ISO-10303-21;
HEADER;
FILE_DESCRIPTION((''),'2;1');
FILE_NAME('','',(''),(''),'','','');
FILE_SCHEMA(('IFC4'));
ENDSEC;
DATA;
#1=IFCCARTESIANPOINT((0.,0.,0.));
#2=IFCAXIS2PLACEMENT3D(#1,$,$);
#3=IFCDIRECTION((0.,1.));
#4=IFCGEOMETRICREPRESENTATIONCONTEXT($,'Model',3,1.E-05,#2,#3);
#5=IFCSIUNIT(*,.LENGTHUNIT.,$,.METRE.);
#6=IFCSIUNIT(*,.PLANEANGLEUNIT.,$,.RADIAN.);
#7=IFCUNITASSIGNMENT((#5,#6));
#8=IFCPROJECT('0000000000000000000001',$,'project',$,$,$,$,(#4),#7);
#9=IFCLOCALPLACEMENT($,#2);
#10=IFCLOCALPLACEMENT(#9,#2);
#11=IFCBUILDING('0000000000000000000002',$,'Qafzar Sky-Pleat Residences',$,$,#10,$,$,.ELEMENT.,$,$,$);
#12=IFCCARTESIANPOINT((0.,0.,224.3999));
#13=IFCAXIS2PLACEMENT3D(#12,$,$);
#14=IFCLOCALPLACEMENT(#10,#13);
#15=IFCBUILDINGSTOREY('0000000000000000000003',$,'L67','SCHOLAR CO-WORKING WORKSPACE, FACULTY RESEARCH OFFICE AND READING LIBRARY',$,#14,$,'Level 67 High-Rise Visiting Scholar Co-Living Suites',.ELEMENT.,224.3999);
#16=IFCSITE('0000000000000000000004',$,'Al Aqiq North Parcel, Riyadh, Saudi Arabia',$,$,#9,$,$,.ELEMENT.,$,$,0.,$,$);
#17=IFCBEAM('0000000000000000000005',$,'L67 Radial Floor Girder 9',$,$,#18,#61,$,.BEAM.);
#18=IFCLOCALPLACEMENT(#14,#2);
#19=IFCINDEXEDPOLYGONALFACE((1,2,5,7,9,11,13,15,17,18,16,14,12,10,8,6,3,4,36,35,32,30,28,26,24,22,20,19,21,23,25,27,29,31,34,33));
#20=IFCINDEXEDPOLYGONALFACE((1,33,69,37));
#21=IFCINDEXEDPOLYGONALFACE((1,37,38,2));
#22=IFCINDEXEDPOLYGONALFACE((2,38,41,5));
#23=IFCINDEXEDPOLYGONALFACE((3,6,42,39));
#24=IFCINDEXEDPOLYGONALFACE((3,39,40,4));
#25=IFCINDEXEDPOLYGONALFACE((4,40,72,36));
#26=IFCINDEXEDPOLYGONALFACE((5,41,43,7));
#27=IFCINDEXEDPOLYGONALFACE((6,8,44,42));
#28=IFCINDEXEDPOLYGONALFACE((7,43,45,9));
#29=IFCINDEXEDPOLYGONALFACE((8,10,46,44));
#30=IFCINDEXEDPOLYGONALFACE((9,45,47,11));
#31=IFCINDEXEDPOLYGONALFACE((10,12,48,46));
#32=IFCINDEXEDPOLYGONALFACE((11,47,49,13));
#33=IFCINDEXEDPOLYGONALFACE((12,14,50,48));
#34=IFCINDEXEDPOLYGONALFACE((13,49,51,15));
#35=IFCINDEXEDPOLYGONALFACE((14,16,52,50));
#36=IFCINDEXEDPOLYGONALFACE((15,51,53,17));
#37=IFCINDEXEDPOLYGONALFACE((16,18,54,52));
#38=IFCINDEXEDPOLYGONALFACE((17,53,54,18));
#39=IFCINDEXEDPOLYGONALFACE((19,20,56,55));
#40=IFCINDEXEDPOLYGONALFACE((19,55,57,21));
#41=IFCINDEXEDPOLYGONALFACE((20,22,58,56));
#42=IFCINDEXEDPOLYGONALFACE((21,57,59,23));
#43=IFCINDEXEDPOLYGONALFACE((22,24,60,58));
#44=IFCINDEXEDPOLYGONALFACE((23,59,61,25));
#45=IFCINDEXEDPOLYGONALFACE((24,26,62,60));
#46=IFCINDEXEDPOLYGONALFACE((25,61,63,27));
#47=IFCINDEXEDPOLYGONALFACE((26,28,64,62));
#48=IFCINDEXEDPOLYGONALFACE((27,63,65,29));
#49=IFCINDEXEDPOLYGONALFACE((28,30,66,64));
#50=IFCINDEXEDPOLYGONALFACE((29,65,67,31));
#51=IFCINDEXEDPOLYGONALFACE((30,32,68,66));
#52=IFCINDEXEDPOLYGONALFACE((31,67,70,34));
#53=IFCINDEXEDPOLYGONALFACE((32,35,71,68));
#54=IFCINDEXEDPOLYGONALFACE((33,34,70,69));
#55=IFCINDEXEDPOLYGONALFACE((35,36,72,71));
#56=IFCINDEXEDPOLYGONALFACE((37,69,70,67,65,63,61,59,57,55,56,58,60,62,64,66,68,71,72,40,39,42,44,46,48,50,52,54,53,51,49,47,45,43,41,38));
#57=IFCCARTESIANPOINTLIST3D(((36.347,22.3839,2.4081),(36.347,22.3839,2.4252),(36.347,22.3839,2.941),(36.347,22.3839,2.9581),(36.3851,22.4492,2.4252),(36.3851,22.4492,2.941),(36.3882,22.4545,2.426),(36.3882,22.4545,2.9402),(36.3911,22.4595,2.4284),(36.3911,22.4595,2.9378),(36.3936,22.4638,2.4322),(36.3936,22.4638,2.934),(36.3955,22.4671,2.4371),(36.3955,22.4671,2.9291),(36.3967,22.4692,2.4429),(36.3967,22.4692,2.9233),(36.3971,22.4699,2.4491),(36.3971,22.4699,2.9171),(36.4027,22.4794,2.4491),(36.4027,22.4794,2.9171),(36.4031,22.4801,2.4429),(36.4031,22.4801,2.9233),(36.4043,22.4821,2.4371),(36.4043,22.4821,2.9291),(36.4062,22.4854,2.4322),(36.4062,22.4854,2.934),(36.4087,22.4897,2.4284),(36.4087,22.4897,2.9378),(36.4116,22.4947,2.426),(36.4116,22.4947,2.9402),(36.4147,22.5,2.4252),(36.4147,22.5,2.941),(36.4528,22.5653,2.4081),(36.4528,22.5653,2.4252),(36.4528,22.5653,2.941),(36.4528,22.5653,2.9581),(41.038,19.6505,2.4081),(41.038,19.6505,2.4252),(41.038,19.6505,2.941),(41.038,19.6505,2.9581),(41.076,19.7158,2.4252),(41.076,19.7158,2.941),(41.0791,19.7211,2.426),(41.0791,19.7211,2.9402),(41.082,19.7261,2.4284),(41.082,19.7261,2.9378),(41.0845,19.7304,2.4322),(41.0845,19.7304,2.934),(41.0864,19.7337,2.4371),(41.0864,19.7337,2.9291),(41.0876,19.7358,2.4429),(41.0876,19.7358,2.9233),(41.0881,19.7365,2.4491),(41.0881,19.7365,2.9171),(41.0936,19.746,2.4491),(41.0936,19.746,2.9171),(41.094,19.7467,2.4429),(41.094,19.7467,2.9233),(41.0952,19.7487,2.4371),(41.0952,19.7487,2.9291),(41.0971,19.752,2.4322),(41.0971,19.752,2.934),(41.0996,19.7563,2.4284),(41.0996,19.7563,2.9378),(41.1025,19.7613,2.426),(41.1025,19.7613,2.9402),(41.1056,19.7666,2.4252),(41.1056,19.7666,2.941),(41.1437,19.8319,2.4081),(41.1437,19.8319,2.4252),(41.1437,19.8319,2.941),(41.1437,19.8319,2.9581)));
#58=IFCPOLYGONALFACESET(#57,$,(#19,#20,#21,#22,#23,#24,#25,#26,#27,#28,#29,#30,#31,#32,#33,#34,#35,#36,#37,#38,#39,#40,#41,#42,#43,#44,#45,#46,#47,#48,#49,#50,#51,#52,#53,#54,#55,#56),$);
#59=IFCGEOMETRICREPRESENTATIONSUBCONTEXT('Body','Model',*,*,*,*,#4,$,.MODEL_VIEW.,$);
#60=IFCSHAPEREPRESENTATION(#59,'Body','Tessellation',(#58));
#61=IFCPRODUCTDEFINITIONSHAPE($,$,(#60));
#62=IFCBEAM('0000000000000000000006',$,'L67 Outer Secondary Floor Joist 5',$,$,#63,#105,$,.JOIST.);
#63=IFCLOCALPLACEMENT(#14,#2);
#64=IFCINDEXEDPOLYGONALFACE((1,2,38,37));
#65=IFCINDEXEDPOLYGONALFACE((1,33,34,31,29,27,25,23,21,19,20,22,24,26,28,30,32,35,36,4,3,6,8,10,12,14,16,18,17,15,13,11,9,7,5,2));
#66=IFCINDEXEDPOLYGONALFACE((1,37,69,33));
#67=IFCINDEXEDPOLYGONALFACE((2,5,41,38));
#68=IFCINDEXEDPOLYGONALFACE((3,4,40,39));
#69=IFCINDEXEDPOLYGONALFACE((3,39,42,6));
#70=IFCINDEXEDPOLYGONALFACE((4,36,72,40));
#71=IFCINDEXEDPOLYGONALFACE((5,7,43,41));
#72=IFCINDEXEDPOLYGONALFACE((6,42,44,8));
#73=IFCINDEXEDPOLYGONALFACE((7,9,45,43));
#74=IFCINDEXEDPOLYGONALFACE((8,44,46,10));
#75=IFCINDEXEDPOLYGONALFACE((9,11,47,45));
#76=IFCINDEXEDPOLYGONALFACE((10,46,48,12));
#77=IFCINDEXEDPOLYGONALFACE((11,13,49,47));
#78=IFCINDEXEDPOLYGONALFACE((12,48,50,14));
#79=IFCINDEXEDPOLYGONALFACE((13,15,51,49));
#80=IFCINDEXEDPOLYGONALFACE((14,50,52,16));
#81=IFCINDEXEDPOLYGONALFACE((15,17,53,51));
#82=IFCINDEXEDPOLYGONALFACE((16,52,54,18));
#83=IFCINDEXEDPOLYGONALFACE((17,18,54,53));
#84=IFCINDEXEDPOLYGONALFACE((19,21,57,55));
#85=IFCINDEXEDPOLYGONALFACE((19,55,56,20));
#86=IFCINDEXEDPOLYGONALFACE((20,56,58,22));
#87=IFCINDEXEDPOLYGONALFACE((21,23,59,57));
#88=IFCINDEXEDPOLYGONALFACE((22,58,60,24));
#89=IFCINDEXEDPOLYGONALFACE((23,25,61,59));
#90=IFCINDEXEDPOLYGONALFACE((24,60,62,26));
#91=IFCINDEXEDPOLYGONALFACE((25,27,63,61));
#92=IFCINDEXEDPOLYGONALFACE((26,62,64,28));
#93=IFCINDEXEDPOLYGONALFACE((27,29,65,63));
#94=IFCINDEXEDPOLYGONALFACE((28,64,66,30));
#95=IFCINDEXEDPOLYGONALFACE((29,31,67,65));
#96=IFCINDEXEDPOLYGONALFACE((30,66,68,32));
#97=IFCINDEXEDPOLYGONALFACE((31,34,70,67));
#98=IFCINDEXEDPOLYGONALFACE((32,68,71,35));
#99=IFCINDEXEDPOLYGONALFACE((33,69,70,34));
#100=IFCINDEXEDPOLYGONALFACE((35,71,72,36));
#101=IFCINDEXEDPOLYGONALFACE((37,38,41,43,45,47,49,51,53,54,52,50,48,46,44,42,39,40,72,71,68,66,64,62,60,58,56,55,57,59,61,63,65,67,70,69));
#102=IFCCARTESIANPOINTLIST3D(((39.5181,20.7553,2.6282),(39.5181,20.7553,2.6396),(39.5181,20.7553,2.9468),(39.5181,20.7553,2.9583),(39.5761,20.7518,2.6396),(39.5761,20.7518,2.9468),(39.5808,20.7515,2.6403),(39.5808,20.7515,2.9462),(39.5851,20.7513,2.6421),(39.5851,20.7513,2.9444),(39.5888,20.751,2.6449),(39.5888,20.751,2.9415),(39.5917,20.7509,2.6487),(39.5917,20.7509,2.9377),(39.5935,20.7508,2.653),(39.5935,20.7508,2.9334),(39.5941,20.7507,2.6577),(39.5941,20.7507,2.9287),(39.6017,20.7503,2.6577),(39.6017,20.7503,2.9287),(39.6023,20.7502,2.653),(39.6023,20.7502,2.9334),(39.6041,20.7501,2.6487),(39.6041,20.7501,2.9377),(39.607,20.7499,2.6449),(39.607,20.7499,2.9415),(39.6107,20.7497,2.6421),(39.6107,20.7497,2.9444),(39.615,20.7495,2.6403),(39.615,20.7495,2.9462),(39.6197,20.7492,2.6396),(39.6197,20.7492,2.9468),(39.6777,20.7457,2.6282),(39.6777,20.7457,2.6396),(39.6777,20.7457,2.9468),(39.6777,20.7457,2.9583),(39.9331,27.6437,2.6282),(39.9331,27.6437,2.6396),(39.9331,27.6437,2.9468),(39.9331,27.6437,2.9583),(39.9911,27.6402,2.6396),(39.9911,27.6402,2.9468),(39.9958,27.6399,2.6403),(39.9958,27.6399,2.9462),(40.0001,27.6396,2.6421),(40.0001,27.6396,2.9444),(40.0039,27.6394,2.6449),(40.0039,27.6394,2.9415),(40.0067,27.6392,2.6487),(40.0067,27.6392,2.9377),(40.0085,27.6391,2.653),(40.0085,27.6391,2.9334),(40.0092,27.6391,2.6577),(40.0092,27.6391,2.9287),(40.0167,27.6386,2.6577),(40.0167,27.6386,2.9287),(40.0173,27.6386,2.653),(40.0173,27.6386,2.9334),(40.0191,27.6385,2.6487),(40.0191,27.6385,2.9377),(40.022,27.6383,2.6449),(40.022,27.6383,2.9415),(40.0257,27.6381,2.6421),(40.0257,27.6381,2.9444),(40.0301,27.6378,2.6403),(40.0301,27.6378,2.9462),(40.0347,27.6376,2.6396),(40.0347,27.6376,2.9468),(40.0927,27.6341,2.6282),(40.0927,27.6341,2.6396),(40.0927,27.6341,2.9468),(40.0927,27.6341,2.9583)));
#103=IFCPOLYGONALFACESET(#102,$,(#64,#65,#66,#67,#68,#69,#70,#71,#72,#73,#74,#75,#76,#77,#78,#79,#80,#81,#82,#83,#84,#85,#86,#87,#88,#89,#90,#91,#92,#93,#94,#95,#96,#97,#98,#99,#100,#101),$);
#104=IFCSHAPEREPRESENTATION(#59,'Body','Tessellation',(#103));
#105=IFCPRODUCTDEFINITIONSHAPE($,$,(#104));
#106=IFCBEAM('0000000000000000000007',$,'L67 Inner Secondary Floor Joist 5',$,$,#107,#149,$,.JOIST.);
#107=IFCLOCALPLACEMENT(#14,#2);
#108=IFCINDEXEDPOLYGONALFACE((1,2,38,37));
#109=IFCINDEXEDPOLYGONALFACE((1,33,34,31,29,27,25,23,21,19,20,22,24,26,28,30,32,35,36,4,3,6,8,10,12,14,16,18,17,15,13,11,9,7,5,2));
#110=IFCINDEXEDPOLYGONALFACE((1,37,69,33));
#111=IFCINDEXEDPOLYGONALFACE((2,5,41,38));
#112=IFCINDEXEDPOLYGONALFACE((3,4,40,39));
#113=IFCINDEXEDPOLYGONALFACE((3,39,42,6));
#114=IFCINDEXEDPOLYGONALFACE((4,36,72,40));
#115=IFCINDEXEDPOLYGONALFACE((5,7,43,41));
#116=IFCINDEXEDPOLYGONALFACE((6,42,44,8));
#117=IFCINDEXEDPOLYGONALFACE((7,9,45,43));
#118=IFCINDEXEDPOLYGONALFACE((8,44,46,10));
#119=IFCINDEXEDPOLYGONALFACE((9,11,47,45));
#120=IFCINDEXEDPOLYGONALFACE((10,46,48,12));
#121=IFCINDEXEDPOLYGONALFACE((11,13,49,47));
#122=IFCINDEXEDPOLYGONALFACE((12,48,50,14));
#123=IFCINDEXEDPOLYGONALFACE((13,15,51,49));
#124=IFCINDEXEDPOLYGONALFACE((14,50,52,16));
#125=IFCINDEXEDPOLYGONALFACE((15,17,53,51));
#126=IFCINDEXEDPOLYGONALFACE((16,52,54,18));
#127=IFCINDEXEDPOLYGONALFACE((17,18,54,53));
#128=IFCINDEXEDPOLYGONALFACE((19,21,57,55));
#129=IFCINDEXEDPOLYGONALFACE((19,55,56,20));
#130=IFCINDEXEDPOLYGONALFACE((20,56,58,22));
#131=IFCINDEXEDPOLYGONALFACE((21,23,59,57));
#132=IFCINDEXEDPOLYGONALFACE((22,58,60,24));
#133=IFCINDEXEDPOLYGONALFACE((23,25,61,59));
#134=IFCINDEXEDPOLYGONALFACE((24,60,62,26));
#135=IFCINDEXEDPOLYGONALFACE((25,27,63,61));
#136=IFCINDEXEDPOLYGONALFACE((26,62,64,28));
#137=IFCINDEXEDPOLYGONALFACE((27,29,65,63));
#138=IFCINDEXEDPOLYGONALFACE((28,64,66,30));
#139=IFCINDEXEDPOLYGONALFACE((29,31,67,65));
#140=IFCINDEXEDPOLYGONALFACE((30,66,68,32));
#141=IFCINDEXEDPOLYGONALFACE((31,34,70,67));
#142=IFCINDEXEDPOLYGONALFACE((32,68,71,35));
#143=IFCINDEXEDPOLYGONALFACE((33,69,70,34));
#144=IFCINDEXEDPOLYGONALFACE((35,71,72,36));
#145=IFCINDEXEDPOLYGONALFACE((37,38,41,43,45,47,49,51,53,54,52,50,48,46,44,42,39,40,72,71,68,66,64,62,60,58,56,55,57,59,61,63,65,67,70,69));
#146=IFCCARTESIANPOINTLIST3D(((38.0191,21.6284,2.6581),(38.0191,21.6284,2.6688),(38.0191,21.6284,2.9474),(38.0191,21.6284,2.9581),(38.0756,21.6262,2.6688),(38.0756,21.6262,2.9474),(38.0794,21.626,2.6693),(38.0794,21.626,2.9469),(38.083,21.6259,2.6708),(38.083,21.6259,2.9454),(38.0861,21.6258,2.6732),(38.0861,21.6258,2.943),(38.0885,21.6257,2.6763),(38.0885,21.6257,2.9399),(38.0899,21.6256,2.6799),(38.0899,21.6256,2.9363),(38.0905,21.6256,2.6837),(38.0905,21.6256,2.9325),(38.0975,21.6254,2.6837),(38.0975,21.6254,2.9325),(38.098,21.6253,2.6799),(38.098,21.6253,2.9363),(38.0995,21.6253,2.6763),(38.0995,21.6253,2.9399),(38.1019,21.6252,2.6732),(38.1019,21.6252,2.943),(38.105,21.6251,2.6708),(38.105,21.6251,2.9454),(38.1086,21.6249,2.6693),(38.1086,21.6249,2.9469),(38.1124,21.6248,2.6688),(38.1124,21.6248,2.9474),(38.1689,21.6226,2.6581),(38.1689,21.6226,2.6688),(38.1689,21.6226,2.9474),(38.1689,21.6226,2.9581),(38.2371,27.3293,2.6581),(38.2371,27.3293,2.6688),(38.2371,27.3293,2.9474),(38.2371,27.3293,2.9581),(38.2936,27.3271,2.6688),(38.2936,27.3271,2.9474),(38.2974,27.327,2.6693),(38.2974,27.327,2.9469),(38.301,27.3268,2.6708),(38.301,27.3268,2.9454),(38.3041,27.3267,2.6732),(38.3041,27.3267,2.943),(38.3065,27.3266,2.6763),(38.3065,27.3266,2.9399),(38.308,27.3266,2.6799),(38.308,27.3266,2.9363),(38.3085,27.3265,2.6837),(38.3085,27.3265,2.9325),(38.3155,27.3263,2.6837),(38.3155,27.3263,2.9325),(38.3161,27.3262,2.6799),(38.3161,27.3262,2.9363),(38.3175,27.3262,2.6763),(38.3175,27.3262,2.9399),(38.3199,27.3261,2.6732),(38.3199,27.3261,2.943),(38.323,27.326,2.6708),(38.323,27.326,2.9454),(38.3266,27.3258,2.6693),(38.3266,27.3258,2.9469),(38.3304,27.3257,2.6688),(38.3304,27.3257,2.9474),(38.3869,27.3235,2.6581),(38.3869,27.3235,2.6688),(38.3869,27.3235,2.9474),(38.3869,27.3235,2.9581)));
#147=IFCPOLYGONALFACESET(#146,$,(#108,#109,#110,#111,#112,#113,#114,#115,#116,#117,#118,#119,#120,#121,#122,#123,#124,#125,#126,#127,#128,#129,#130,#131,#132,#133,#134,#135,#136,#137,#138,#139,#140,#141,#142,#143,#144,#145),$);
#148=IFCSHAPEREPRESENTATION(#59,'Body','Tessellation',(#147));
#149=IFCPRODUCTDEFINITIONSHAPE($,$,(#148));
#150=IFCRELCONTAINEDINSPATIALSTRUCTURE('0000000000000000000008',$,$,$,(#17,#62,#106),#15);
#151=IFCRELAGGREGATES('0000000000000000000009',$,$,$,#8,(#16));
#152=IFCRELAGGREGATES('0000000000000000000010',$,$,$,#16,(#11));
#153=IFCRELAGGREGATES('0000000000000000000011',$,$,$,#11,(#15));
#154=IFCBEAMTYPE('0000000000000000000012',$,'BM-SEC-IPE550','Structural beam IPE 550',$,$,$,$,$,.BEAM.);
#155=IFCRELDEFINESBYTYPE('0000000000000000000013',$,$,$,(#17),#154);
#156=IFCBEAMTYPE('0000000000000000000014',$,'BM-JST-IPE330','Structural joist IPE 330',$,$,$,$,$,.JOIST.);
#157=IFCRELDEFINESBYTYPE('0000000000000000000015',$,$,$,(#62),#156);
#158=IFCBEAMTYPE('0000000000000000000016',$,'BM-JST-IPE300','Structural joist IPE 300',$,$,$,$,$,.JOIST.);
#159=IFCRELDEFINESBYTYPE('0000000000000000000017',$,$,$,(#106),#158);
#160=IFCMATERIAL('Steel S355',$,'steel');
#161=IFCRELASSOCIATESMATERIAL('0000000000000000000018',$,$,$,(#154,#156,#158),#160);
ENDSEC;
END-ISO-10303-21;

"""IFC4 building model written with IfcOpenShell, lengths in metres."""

from ifc_helpers import new_model, si_unit, direction, frame, origin, origin_2d, place, context, subcontext, project, spatial, i_section, extrude, source, transform, mapped, material, material_profile, profile_set, type_object, element, save


model = new_model("IFC4")

# Units and contexts
model_context = context("Model", 3, precision=1e-05, world=origin(), true_north=direction((0.0, 1.0)))
body_context = subcontext(model_context, "Body", "Model", "MODEL_VIEW")
ifc_project = project(units=[si_unit("LENGTHUNIT", "METRE"), si_unit("PLANEANGLEUNIT", "RADIAN")], contexts=[model_context])

# Site, building, storey
site_placement = place(None, origin())
site = spatial("IfcSite", under=ifc_project, at=site_placement, Name="Al Aqiq North Parcel, Riyadh, Saudi Arabia", CompositionType="ELEMENT", RefElevation=0.0)
building_placement = place(site_placement, origin())
building = spatial("IfcBuilding", under=site, at=building_placement, Name="Qafzar Sky-Pleat Residences", CompositionType="ELEMENT")
storey_placement = place(building_placement, frame((0.0, 0.0, 224.3999)))
storey = spatial("IfcBuildingStorey", under=building, at=storey_placement, Name="L67", Description="SCHOLAR CO-WORKING WORKSPACE, FACULTY RESEARCH OFFICE AND READING LIBRARY", LongName="Level 67 High-Rise Visiting Scholar Co-Living Suites", CompositionType="ELEMENT", Elevation=224.3999)

# Shared definitions
ifc_material_1 = material(Name="Steel S355", Category="steel")

# Beams
ifc_material_profile_1 = material_profile(ifc_material_1, i_section(OverallWidth=0.21, OverallDepth=0.55, WebThickness=0.011, FlangeThickness=0.0171, FilletRadius=0.0239, at=origin_2d()), Name="IPE 550")
ifc_profile_set_1 = profile_set([ifc_material_profile_1], Name="Steel S355")
beam_type_1 = type_object("IfcBeamType", Name="BM-SEC-IPE550", Description="Structural beam IPE 550", PredefinedType="BEAM", material=ifc_profile_set_1)
shared_shape_1 = source(origin(), body_context, "Body", "SweptSolid", [
    extrude(i_section(OverallWidth=0.21, OverallDepth=0.55, WebThickness=0.011, FlangeThickness=0.0171, FilletRadius=0.0239, at=origin_2d()), origin(), (0.0, 0.0, 1.0), 5.4292),
])
beam_1_placement = place(storey_placement, frame((41.0908, 19.7412, 2.6831), z_axis=(-0.864017, 0.503463, 0.0), x_axis=(-0.503463, -0.864017, 0.0)))
element("IfcBeam", 1, at=beam_1_placement, inside=storey, type_object=beam_type_1, Name="L67 Radial Floor Girder 9", PredefinedType="BEAM", context=body_context, shape_type="MappedRepresentation", body=[
    mapped(shared_shape_1, transform((0.0, 0.0, 0.0), x_axis=(1.0, 0.0, 0.0), y_axis=(0.0, 1.0, 0.0), z_axis=(0.0, 0.0, 1.0), scale=1.0)),
])
ifc_material_profile_2 = material_profile(ifc_material_1, i_section(OverallWidth=0.1599, OverallDepth=0.3301, WebThickness=0.0076, FlangeThickness=0.0115, FilletRadius=0.0181, at=origin_2d()), Name="IPE 330")
ifc_profile_set_2 = profile_set([ifc_material_profile_2], Name="Steel S355")
beam_type_2 = type_object("IfcBeamType", Name="BM-JST-IPE330", Description="Structural joist IPE 330", PredefinedType="JOIST", material=ifc_profile_set_2)
shared_shape_2 = source(origin(), body_context, "Body", "SweptSolid", [
    extrude(i_section(OverallWidth=0.1599, OverallDepth=0.3301, WebThickness=0.0076, FlangeThickness=0.0115, FilletRadius=0.0181, at=origin_2d()), origin(), (0.0, 0.0, 1.0), 6.9009),
])
beam_2_placement = place(storey_placement, frame((39.5979, 20.7505, 2.7932), z_axis=(0.060143, 0.99819, 0.0), x_axis=(-0.99819, 0.060143, 0.0)))
element("IfcBeam", 2, at=beam_2_placement, inside=storey, type_object=beam_type_2, Name="L67 Outer Secondary Floor Joist 5", PredefinedType="JOIST", context=body_context, shape_type="MappedRepresentation", body=[
    mapped(shared_shape_2, transform((0.0, 0.0, 0.0), x_axis=(1.0, 0.0, 0.0), y_axis=(0.0, 1.0, 0.0), z_axis=(0.0, 0.0, 1.0), scale=1.0)),
])
ifc_material_profile_3 = material_profile(ifc_material_1, i_section(OverallWidth=0.1499, OverallDepth=0.3, WebThickness=0.0071, FlangeThickness=0.0107, FilletRadius=0.0149, at=origin_2d()), Name="IPE 300")
ifc_profile_set_3 = profile_set([ifc_material_profile_3], Name="Steel S355")
beam_type_3 = type_object("IfcBeamType", Name="BM-JST-IPE300", Description="Structural joist IPE 300", PredefinedType="JOIST", material=ifc_profile_set_3)
shared_shape_3 = source(origin(), body_context, "Body", "SweptSolid", [
    extrude(i_section(OverallWidth=0.1499, OverallDepth=0.3, WebThickness=0.0071, FlangeThickness=0.0107, FilletRadius=0.0149, at=origin_2d()), origin(), (0.0, 0.0, 1.0), 5.7051),
])
beam_3_placement = place(storey_placement, frame((38.094, 21.6255, 2.8081), z_axis=(0.038215, 0.99927, 0.0), x_axis=(-0.99927, 0.038215, 0.0)))
element("IfcBeam", 3, at=beam_3_placement, inside=storey, type_object=beam_type_3, Name="L67 Inner Secondary Floor Joist 5", PredefinedType="JOIST", context=body_context, shape_type="MappedRepresentation", body=[
    mapped(shared_shape_3, transform((0.0, 0.0, 0.0), x_axis=(1.0, 0.0, 0.0), y_axis=(0.0, 1.0, 0.0), z_axis=(0.0, 0.0, 1.0), scale=1.0)),
])

save(model, "model.ifc")
